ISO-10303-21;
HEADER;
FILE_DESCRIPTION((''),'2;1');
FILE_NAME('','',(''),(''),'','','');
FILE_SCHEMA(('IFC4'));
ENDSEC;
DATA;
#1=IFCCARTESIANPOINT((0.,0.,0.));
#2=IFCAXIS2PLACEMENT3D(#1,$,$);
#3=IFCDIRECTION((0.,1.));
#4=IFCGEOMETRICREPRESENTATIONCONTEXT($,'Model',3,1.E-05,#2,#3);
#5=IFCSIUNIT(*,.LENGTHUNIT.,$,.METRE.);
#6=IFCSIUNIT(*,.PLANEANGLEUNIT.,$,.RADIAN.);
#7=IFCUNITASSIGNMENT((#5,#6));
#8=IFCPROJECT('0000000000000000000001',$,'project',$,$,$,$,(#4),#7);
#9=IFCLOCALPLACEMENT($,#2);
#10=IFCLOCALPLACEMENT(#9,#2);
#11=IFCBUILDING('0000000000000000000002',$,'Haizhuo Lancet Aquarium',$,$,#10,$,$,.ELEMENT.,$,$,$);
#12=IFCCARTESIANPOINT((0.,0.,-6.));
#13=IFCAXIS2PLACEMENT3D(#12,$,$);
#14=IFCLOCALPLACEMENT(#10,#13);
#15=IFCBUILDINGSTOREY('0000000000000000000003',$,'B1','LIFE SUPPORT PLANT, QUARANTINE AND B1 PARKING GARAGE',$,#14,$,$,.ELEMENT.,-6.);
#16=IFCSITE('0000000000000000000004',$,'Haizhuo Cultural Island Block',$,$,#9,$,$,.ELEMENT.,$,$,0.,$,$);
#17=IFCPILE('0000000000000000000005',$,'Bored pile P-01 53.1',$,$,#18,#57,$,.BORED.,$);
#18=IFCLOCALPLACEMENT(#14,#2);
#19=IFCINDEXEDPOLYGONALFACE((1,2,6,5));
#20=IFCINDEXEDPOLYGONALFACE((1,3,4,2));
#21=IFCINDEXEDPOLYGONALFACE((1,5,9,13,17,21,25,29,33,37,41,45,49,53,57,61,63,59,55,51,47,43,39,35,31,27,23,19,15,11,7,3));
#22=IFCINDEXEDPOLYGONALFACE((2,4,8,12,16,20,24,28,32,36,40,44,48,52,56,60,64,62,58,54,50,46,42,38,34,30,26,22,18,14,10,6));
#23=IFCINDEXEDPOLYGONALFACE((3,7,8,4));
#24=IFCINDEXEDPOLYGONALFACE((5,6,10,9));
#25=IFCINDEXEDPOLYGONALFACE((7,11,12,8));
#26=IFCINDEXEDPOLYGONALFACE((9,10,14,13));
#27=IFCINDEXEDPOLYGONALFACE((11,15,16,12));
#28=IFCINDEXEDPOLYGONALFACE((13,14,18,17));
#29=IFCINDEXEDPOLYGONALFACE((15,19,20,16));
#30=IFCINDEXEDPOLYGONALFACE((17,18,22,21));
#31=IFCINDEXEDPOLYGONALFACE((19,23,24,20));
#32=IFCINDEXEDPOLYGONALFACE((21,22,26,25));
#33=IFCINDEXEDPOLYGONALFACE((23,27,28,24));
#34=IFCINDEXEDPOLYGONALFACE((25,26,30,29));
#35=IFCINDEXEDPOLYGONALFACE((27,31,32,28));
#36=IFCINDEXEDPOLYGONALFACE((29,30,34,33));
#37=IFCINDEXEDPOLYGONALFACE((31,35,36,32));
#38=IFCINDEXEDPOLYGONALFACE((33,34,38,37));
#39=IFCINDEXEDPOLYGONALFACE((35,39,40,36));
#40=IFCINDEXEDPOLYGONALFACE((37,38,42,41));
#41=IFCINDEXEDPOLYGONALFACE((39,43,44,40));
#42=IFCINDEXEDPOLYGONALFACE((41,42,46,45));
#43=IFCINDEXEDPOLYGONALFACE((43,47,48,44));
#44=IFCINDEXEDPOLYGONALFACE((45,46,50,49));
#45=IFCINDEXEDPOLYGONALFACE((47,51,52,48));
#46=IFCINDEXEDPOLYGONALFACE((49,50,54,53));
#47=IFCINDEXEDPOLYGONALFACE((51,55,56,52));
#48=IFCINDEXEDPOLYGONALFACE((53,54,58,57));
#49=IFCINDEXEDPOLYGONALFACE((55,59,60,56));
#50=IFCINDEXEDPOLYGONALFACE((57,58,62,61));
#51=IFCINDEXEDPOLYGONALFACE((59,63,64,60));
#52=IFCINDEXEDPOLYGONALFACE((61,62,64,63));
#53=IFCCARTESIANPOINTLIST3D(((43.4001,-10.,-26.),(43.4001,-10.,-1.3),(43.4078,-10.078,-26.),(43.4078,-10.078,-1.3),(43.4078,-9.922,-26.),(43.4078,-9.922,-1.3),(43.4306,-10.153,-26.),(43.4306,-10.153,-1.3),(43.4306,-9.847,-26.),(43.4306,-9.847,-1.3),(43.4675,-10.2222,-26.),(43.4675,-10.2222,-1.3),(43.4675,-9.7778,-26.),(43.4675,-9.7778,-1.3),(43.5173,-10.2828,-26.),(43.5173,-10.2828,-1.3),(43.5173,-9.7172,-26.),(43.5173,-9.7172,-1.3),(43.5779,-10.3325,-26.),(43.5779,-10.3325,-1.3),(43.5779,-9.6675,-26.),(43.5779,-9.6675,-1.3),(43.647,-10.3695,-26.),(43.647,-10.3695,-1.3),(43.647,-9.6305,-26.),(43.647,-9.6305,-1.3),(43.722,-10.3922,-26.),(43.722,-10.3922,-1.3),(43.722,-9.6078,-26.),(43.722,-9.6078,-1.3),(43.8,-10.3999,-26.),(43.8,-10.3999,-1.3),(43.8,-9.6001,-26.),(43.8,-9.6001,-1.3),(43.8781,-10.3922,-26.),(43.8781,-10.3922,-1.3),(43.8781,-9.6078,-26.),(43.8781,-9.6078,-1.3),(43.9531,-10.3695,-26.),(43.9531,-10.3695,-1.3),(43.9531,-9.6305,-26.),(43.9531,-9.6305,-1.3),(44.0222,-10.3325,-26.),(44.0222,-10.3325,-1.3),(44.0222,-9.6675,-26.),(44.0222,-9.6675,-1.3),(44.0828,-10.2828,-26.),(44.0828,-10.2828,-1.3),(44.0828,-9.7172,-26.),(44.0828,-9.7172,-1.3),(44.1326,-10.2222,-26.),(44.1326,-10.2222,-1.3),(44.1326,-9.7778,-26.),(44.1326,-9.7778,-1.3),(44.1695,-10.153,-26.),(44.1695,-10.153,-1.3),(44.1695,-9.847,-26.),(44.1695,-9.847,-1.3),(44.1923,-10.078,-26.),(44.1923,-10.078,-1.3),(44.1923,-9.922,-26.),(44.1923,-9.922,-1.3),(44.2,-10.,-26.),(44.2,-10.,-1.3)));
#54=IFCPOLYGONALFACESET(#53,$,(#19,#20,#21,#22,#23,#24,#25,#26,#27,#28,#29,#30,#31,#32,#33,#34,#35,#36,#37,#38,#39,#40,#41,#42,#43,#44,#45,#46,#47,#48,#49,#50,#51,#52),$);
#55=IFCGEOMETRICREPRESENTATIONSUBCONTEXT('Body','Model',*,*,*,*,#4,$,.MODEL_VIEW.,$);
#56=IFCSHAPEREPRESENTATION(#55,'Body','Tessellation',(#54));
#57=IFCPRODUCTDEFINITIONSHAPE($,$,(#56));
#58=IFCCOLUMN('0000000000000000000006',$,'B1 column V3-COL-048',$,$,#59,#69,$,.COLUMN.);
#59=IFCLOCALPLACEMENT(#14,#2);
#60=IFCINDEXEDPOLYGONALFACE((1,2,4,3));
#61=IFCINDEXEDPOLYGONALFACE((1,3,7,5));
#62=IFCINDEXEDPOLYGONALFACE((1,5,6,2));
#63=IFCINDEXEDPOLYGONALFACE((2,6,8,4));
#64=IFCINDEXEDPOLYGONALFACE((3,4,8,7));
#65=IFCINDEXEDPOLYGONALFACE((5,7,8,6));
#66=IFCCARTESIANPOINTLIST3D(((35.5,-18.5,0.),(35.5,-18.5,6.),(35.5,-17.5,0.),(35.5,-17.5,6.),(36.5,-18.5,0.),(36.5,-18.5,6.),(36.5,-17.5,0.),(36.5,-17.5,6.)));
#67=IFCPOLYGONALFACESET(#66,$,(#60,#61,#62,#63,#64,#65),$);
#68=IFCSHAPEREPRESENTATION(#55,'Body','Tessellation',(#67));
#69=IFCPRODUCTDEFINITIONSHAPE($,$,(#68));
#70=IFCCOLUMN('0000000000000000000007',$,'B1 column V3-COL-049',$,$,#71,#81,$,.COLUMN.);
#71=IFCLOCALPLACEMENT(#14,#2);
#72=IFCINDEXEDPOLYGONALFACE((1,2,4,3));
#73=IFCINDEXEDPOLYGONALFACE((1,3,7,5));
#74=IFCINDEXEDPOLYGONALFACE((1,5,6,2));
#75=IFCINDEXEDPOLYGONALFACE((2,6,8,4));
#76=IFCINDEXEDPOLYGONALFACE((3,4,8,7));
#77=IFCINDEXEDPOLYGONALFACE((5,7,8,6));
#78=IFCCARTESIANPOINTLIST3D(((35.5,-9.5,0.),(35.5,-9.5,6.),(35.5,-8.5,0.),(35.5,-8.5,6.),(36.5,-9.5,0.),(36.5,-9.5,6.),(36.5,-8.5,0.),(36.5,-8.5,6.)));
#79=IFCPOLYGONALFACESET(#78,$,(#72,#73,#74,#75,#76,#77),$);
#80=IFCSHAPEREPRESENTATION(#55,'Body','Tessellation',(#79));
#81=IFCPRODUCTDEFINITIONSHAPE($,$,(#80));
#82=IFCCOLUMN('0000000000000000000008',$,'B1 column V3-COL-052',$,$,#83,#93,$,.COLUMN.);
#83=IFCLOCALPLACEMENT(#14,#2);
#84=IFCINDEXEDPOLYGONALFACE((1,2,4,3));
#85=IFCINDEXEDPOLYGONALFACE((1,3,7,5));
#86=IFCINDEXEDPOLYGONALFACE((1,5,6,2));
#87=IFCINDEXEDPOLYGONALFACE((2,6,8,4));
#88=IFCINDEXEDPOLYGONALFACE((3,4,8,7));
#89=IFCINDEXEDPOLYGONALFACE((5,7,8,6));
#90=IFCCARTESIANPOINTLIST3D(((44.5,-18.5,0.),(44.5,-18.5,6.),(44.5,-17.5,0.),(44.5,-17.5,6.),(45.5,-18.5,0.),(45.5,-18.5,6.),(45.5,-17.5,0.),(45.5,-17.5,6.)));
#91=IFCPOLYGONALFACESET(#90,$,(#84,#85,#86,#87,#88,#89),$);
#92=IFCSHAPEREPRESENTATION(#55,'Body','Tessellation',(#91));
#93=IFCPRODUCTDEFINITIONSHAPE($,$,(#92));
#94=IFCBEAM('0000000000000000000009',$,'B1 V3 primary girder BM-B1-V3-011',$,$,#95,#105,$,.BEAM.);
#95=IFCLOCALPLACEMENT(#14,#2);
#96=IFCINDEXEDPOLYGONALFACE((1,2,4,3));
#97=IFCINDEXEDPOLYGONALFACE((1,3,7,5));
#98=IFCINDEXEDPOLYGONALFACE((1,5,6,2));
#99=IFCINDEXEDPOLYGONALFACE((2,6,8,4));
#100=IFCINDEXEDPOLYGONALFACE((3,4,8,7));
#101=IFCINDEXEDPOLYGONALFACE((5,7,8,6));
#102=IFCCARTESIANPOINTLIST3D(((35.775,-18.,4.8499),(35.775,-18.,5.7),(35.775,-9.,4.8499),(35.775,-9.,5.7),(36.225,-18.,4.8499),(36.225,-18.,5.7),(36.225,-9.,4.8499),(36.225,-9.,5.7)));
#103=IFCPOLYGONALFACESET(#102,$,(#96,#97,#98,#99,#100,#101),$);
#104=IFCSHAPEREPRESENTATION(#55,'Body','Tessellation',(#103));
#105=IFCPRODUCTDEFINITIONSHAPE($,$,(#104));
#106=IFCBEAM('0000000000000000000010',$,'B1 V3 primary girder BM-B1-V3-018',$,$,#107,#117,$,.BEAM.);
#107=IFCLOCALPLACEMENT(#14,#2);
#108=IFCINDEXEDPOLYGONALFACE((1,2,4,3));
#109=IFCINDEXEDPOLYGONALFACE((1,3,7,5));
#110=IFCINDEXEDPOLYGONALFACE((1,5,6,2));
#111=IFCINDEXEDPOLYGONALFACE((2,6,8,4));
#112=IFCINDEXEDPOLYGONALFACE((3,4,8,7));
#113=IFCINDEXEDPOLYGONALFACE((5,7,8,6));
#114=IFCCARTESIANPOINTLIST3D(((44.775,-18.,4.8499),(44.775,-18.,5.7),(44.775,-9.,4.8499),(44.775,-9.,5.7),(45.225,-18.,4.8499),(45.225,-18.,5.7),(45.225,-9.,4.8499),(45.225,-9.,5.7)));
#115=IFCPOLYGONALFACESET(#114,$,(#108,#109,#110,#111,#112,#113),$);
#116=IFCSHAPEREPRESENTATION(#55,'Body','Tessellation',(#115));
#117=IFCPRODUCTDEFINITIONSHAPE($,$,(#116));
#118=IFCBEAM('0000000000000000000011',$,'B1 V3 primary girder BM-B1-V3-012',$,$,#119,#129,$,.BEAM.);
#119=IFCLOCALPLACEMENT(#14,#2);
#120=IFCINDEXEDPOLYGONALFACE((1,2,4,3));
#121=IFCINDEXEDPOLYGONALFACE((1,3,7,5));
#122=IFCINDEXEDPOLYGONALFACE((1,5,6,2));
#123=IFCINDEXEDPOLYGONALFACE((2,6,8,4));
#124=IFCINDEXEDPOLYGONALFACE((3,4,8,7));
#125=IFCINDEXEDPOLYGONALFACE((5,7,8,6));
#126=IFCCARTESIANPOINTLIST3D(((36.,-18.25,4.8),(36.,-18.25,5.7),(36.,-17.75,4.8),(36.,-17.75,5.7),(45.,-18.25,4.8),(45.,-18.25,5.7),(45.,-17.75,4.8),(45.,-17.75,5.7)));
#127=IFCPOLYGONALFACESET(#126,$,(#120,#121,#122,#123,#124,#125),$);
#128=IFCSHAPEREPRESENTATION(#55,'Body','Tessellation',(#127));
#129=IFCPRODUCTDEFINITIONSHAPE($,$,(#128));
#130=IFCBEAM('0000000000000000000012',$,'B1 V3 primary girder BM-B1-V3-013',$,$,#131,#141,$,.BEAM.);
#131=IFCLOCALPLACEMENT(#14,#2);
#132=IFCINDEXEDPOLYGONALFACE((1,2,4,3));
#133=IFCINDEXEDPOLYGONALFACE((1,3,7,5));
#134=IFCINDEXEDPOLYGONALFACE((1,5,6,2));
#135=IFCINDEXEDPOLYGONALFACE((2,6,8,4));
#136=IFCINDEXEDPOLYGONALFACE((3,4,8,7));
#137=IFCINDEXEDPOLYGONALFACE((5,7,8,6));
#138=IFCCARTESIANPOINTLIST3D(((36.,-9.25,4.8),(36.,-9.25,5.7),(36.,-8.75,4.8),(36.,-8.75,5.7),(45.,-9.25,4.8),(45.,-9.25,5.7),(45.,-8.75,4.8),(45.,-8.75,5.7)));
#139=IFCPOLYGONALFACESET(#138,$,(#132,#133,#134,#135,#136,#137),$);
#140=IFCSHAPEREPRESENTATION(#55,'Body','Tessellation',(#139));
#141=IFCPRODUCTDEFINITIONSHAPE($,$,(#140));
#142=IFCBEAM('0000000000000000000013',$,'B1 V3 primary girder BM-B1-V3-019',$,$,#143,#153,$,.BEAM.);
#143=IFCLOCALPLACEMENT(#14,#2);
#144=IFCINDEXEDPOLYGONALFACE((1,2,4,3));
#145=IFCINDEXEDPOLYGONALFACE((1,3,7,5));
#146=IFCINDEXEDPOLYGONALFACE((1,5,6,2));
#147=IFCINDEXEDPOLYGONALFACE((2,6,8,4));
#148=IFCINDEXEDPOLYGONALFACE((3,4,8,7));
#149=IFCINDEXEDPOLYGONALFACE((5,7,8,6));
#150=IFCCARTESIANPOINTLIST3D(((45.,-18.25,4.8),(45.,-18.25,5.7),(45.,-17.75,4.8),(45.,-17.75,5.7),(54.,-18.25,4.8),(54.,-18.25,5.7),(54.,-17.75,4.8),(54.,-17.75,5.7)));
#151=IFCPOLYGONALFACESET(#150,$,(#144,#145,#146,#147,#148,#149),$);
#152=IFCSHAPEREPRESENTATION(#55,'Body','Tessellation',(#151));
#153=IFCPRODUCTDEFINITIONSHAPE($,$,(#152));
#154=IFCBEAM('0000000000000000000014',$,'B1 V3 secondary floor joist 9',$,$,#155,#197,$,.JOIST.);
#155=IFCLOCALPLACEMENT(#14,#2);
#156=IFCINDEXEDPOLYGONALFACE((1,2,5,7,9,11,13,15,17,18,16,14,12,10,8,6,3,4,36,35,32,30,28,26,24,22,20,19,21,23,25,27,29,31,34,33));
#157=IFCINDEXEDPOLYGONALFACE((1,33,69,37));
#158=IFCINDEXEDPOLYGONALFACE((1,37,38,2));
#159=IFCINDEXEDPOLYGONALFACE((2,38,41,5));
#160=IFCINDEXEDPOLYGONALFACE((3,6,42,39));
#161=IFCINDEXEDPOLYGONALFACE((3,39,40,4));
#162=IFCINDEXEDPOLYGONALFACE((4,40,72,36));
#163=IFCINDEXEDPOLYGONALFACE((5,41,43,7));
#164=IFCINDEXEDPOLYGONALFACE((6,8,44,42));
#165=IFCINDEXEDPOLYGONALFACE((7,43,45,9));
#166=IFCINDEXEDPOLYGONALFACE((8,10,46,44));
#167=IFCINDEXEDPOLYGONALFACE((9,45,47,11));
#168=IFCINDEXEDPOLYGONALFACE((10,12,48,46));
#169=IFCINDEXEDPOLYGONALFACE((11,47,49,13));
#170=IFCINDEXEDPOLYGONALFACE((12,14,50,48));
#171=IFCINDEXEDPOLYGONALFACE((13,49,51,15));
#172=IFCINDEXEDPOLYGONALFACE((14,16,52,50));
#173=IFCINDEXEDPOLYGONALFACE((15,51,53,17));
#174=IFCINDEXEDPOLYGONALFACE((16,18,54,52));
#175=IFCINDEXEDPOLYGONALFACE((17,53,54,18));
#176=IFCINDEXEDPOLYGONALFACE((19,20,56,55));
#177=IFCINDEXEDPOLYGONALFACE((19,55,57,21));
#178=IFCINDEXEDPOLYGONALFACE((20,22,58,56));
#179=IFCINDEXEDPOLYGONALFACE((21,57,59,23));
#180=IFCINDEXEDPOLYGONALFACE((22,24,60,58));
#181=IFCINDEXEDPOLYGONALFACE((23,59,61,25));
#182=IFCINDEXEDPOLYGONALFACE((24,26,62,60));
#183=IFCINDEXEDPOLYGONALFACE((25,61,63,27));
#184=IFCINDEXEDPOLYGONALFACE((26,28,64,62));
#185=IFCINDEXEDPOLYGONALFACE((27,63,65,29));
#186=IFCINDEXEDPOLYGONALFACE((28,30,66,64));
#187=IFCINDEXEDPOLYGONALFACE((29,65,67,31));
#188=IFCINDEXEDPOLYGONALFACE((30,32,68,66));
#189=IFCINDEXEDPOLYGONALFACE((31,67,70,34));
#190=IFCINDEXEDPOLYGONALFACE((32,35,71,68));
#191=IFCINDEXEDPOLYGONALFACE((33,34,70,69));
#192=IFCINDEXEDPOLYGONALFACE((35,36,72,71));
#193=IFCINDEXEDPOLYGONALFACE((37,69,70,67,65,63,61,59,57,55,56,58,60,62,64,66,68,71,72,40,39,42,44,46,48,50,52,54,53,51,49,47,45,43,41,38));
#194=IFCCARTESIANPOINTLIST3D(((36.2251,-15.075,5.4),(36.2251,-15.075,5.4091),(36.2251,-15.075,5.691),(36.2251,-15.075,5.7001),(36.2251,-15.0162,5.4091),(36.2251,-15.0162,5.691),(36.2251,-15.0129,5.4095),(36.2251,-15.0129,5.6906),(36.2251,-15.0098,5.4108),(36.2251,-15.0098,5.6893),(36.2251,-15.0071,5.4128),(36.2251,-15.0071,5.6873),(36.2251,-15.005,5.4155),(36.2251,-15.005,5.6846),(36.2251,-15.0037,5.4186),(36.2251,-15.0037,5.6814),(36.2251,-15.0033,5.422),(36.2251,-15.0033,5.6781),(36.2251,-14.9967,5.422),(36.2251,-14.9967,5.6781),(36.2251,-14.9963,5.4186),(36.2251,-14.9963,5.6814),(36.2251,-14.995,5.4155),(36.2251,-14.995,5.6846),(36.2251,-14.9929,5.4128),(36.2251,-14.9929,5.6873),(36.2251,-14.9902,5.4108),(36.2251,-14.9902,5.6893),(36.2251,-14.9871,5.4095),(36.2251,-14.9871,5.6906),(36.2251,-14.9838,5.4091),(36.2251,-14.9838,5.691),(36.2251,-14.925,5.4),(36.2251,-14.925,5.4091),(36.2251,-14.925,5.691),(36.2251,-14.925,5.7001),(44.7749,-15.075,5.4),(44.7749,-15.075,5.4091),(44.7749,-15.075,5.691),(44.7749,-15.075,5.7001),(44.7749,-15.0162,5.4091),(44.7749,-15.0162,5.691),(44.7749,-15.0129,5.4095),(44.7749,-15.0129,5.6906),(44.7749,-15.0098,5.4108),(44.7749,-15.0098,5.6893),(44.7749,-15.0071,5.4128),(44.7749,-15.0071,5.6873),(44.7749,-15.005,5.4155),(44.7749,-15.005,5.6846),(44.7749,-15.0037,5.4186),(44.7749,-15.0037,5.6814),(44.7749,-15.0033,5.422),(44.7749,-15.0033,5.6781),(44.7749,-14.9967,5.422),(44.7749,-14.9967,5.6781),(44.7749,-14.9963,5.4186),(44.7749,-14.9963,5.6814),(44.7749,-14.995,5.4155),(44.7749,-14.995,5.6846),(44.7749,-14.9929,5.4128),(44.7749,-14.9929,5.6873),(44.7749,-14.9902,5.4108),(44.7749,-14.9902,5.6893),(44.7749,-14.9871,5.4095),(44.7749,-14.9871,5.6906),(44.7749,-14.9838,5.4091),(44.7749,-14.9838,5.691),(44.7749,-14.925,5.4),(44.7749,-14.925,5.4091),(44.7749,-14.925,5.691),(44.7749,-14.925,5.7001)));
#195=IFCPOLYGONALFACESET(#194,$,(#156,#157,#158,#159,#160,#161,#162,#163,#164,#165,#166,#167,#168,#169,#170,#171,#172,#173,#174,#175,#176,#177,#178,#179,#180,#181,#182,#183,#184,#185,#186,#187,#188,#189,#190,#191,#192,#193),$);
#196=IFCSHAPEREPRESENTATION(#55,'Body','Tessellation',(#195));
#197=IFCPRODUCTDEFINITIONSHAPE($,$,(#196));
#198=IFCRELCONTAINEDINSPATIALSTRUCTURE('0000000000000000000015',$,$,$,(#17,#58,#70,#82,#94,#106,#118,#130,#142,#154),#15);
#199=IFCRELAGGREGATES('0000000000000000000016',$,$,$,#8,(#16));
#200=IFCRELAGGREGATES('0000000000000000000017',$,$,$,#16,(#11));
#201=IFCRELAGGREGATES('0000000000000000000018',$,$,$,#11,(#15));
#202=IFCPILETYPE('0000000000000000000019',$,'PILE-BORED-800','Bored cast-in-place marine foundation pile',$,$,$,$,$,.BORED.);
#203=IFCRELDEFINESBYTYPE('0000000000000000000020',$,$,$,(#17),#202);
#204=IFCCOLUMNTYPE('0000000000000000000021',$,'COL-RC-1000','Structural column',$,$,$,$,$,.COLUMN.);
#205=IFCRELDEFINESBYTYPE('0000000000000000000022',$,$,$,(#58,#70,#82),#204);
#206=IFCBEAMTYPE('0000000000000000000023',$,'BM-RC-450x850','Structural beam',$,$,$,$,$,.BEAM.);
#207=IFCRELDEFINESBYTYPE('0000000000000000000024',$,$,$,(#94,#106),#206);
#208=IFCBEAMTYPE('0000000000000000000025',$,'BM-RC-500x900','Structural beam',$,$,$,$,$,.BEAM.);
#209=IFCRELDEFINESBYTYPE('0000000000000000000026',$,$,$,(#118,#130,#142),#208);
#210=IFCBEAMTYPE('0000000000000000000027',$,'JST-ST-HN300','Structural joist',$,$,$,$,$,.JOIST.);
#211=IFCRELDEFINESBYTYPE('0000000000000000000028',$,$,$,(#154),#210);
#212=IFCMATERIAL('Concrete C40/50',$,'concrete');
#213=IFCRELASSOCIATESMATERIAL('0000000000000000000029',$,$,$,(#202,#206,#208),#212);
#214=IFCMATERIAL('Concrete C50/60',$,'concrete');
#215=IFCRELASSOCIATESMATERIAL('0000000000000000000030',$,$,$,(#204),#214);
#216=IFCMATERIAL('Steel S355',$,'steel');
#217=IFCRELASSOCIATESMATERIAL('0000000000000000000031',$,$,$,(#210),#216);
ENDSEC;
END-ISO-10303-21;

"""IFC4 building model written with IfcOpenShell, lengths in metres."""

from ifc_helpers import new_model, si_unit, direction, frame, origin, origin_2d, place, context, subcontext, project, spatial, rectangle, circle, i_section, extrude, material, material_profile, profile_set, type_object, element, save


model = new_model("IFC4")

# Units and contexts
model_context = context("Model", 3, precision=1e-05, world=origin(), true_north=direction((0.0, 1.0)))
body_context = subcontext(model_context, "Body", "Model", "MODEL_VIEW")
ifc_project = project(units=[si_unit("LENGTHUNIT", "METRE"), si_unit("PLANEANGLEUNIT", "RADIAN")], contexts=[model_context])

# Site, building, storey
site_placement = place(None, origin())
site = spatial("IfcSite", under=ifc_project, at=site_placement, Name="Haizhuo Cultural Island Block", CompositionType="ELEMENT", RefElevation=0.0)
building_placement = place(site_placement, origin())
building = spatial("IfcBuilding", under=site, at=building_placement, Name="Haizhuo Lancet Aquarium", CompositionType="ELEMENT")
storey_placement = place(building_placement, frame((0.0, 0.0, -6.0)))
storey = spatial("IfcBuildingStorey", under=building, at=storey_placement, Name="B1", Description="LIFE SUPPORT PLANT, QUARANTINE AND B1 PARKING GARAGE", CompositionType="ELEMENT", Elevation=-6.0)

# Shared definitions
ifc_material_1 = material(Name="Concrete C40/50", Category="concrete")

# Pile
ifc_material_profile_1 = material_profile(ifc_material_1, circle(Radius=0.3999, at=origin_2d()), Name="PILE-800")
ifc_profile_set_1 = profile_set([ifc_material_profile_1], Name="Concrete C40/50")
pile_type = type_object("IfcPileType", Name="PILE-BORED-800", Description="Bored cast-in-place marine foundation pile", PredefinedType="BORED", material=ifc_profile_set_1)
pile_placement = place(storey_placement, frame((43.8, -10.0, -1.3), z_axis=(0.0, 0.0, -1.0), x_axis=(1.0, 0.0, 0.0)))
element("IfcPile", 1, at=pile_placement, inside=storey, type_object=pile_type, Name="Bored pile P-01 53.1", PredefinedType="BORED", context=body_context, shape_type="SweptSolid", body=[
    extrude(circle(Radius=0.3999, at=origin_2d()), origin(), (0.0, 0.0, 1.0), 24.7),
])

# Columns
ifc_material_2 = material(Name="Concrete C50/60", Category="concrete")
ifc_material_profile_2 = material_profile(ifc_material_2, rectangle(XDim=1.0, YDim=1.0, at=origin_2d()), Name="RC-COL 1000x1000")
ifc_profile_set_2 = profile_set([ifc_material_profile_2], Name="Concrete C50/60")
column_type = type_object("IfcColumnType", Name="COL-RC-1000", Description="Structural column", PredefinedType="COLUMN", material=ifc_profile_set_2)
for number, where, z_axis, x_axis, name in (
    (2, (36.0, -18.0, 0.0), (0.0, 0.0, 1.0), (1.0, 0.0, 0.0), "B1 column V3-COL-048"),
    (3, (36.0, -9.0, 0.0), (0.0, 0.0, 1.0), (1.0, 0.0, 0.0), "B1 column V3-COL-049"),
    (4, (45.0, -18.0, 0.0), (0.0, 0.0, 1.0), (1.0, 0.0, 0.0), "B1 column V3-COL-052"),
):
    element("IfcColumn", number, at=place(storey_placement, frame(where, z_axis=z_axis, x_axis=x_axis)), inside=storey, type_object=column_type, Name=name, PredefinedType="COLUMN", context=body_context, shape_type="SweptSolid", body=[
        extrude(rectangle(XDim=1.0, YDim=1.0, at=origin_2d()), origin(), (0.0, 0.0, 1.0), 6.0),
    ])

# Beams
ifc_material_profile_3 = material_profile(ifc_material_1, rectangle(XDim=0.45, YDim=0.8501, at=origin_2d()), Name="RC-BM 450x850")
ifc_profile_set_3 = profile_set([ifc_material_profile_3], Name="Concrete C40/50")
beam_type_1 = type_object("IfcBeamType", Name="BM-RC-450x850", Description="Structural beam", PredefinedType="BEAM", material=ifc_profile_set_3)
for number, where, z_axis, x_axis, name in (
    (5, (36.0, -18.0, 5.2749), (0.0, 1.0, 0.0), (-1.0, 0.0, 0.0), "B1 V3 primary girder BM-B1-V3-011"),
    (6, (45.0, -18.0, 5.2749), (0.0, 1.0, 0.0), (-1.0, 0.0, 0.0), "B1 V3 primary girder BM-B1-V3-018"),
):
    element("IfcBeam", number, at=place(storey_placement, frame(where, z_axis=z_axis, x_axis=x_axis)), inside=storey, type_object=beam_type_1, Name=name, PredefinedType="BEAM", context=body_context, shape_type="SweptSolid", body=[
        extrude(rectangle(XDim=0.45, YDim=0.8501, at=origin_2d()), origin(), (0.0, 0.0, 1.0), 9.0),
    ])
ifc_material_profile_4 = material_profile(ifc_material_1, rectangle(XDim=0.5, YDim=0.8999, at=origin_2d()), Name="RC-BM 500x900")
ifc_profile_set_4 = profile_set([ifc_material_profile_4], Name="Concrete C40/50")
beam_type_2 = type_object("IfcBeamType", Name="BM-RC-500x900", Description="Structural beam", PredefinedType="BEAM", material=ifc_profile_set_4)
for number, where, z_axis, x_axis, name in (
    (7, (36.0, -18.0, 5.25), (1.0, 0.0, 0.0), (0.0, 1.0, 0.0), "B1 V3 primary girder BM-B1-V3-012"),
    (8, (36.0, -9.0, 5.25), (1.0, 0.0, 0.0), (0.0, 1.0, 0.0), "B1 V3 primary girder BM-B1-V3-013"),
    (9, (45.0, -18.0, 5.25), (1.0, 0.0, 0.0), (0.0, 1.0, 0.0), "B1 V3 primary girder BM-B1-V3-019"),
):
    element("IfcBeam", number, at=place(storey_placement, frame(where, z_axis=z_axis, x_axis=x_axis)), inside=storey, type_object=beam_type_2, Name=name, PredefinedType="BEAM", context=body_context, shape_type="SweptSolid", body=[
        extrude(rectangle(XDim=0.5, YDim=0.8999, at=origin_2d()), origin(), (0.0, 0.0, 1.0), 9.0),
    ])
ifc_material_3 = material(Name="Steel S355", Category="steel")
ifc_material_profile_5 = material_profile(ifc_material_3, i_section(OverallWidth=0.1499, OverallDepth=0.3, WebThickness=0.0066, FlangeThickness=0.009, FilletRadius=0.0129, at=origin_2d()), Name="HN 300x150x6.5x9")
ifc_profile_set_5 = profile_set([ifc_material_profile_5], Name="Steel S355")
beam_type_3 = type_object("IfcBeamType", Name="JST-ST-HN300", Description="Structural joist", PredefinedType="JOIST", material=ifc_profile_set_5)
beam_1_placement = place(storey_placement, frame((36.2251, -15.0, 5.55), z_axis=(1.0, 0.0, 0.0), x_axis=(0.0, 1.0, 0.0)))
element("IfcBeam", 10, at=beam_1_placement, inside=storey, type_object=beam_type_3, Name="B1 V3 secondary floor joist 9", PredefinedType="JOIST", context=body_context, shape_type="SweptSolid", body=[
    extrude(i_section(OverallWidth=0.1499, OverallDepth=0.3, WebThickness=0.0066, FlangeThickness=0.009, FilletRadius=0.0129, at=origin_2d()), origin(), (0.0, 0.0, 1.0), 8.5498),
])

save(model, "model.ifc")
